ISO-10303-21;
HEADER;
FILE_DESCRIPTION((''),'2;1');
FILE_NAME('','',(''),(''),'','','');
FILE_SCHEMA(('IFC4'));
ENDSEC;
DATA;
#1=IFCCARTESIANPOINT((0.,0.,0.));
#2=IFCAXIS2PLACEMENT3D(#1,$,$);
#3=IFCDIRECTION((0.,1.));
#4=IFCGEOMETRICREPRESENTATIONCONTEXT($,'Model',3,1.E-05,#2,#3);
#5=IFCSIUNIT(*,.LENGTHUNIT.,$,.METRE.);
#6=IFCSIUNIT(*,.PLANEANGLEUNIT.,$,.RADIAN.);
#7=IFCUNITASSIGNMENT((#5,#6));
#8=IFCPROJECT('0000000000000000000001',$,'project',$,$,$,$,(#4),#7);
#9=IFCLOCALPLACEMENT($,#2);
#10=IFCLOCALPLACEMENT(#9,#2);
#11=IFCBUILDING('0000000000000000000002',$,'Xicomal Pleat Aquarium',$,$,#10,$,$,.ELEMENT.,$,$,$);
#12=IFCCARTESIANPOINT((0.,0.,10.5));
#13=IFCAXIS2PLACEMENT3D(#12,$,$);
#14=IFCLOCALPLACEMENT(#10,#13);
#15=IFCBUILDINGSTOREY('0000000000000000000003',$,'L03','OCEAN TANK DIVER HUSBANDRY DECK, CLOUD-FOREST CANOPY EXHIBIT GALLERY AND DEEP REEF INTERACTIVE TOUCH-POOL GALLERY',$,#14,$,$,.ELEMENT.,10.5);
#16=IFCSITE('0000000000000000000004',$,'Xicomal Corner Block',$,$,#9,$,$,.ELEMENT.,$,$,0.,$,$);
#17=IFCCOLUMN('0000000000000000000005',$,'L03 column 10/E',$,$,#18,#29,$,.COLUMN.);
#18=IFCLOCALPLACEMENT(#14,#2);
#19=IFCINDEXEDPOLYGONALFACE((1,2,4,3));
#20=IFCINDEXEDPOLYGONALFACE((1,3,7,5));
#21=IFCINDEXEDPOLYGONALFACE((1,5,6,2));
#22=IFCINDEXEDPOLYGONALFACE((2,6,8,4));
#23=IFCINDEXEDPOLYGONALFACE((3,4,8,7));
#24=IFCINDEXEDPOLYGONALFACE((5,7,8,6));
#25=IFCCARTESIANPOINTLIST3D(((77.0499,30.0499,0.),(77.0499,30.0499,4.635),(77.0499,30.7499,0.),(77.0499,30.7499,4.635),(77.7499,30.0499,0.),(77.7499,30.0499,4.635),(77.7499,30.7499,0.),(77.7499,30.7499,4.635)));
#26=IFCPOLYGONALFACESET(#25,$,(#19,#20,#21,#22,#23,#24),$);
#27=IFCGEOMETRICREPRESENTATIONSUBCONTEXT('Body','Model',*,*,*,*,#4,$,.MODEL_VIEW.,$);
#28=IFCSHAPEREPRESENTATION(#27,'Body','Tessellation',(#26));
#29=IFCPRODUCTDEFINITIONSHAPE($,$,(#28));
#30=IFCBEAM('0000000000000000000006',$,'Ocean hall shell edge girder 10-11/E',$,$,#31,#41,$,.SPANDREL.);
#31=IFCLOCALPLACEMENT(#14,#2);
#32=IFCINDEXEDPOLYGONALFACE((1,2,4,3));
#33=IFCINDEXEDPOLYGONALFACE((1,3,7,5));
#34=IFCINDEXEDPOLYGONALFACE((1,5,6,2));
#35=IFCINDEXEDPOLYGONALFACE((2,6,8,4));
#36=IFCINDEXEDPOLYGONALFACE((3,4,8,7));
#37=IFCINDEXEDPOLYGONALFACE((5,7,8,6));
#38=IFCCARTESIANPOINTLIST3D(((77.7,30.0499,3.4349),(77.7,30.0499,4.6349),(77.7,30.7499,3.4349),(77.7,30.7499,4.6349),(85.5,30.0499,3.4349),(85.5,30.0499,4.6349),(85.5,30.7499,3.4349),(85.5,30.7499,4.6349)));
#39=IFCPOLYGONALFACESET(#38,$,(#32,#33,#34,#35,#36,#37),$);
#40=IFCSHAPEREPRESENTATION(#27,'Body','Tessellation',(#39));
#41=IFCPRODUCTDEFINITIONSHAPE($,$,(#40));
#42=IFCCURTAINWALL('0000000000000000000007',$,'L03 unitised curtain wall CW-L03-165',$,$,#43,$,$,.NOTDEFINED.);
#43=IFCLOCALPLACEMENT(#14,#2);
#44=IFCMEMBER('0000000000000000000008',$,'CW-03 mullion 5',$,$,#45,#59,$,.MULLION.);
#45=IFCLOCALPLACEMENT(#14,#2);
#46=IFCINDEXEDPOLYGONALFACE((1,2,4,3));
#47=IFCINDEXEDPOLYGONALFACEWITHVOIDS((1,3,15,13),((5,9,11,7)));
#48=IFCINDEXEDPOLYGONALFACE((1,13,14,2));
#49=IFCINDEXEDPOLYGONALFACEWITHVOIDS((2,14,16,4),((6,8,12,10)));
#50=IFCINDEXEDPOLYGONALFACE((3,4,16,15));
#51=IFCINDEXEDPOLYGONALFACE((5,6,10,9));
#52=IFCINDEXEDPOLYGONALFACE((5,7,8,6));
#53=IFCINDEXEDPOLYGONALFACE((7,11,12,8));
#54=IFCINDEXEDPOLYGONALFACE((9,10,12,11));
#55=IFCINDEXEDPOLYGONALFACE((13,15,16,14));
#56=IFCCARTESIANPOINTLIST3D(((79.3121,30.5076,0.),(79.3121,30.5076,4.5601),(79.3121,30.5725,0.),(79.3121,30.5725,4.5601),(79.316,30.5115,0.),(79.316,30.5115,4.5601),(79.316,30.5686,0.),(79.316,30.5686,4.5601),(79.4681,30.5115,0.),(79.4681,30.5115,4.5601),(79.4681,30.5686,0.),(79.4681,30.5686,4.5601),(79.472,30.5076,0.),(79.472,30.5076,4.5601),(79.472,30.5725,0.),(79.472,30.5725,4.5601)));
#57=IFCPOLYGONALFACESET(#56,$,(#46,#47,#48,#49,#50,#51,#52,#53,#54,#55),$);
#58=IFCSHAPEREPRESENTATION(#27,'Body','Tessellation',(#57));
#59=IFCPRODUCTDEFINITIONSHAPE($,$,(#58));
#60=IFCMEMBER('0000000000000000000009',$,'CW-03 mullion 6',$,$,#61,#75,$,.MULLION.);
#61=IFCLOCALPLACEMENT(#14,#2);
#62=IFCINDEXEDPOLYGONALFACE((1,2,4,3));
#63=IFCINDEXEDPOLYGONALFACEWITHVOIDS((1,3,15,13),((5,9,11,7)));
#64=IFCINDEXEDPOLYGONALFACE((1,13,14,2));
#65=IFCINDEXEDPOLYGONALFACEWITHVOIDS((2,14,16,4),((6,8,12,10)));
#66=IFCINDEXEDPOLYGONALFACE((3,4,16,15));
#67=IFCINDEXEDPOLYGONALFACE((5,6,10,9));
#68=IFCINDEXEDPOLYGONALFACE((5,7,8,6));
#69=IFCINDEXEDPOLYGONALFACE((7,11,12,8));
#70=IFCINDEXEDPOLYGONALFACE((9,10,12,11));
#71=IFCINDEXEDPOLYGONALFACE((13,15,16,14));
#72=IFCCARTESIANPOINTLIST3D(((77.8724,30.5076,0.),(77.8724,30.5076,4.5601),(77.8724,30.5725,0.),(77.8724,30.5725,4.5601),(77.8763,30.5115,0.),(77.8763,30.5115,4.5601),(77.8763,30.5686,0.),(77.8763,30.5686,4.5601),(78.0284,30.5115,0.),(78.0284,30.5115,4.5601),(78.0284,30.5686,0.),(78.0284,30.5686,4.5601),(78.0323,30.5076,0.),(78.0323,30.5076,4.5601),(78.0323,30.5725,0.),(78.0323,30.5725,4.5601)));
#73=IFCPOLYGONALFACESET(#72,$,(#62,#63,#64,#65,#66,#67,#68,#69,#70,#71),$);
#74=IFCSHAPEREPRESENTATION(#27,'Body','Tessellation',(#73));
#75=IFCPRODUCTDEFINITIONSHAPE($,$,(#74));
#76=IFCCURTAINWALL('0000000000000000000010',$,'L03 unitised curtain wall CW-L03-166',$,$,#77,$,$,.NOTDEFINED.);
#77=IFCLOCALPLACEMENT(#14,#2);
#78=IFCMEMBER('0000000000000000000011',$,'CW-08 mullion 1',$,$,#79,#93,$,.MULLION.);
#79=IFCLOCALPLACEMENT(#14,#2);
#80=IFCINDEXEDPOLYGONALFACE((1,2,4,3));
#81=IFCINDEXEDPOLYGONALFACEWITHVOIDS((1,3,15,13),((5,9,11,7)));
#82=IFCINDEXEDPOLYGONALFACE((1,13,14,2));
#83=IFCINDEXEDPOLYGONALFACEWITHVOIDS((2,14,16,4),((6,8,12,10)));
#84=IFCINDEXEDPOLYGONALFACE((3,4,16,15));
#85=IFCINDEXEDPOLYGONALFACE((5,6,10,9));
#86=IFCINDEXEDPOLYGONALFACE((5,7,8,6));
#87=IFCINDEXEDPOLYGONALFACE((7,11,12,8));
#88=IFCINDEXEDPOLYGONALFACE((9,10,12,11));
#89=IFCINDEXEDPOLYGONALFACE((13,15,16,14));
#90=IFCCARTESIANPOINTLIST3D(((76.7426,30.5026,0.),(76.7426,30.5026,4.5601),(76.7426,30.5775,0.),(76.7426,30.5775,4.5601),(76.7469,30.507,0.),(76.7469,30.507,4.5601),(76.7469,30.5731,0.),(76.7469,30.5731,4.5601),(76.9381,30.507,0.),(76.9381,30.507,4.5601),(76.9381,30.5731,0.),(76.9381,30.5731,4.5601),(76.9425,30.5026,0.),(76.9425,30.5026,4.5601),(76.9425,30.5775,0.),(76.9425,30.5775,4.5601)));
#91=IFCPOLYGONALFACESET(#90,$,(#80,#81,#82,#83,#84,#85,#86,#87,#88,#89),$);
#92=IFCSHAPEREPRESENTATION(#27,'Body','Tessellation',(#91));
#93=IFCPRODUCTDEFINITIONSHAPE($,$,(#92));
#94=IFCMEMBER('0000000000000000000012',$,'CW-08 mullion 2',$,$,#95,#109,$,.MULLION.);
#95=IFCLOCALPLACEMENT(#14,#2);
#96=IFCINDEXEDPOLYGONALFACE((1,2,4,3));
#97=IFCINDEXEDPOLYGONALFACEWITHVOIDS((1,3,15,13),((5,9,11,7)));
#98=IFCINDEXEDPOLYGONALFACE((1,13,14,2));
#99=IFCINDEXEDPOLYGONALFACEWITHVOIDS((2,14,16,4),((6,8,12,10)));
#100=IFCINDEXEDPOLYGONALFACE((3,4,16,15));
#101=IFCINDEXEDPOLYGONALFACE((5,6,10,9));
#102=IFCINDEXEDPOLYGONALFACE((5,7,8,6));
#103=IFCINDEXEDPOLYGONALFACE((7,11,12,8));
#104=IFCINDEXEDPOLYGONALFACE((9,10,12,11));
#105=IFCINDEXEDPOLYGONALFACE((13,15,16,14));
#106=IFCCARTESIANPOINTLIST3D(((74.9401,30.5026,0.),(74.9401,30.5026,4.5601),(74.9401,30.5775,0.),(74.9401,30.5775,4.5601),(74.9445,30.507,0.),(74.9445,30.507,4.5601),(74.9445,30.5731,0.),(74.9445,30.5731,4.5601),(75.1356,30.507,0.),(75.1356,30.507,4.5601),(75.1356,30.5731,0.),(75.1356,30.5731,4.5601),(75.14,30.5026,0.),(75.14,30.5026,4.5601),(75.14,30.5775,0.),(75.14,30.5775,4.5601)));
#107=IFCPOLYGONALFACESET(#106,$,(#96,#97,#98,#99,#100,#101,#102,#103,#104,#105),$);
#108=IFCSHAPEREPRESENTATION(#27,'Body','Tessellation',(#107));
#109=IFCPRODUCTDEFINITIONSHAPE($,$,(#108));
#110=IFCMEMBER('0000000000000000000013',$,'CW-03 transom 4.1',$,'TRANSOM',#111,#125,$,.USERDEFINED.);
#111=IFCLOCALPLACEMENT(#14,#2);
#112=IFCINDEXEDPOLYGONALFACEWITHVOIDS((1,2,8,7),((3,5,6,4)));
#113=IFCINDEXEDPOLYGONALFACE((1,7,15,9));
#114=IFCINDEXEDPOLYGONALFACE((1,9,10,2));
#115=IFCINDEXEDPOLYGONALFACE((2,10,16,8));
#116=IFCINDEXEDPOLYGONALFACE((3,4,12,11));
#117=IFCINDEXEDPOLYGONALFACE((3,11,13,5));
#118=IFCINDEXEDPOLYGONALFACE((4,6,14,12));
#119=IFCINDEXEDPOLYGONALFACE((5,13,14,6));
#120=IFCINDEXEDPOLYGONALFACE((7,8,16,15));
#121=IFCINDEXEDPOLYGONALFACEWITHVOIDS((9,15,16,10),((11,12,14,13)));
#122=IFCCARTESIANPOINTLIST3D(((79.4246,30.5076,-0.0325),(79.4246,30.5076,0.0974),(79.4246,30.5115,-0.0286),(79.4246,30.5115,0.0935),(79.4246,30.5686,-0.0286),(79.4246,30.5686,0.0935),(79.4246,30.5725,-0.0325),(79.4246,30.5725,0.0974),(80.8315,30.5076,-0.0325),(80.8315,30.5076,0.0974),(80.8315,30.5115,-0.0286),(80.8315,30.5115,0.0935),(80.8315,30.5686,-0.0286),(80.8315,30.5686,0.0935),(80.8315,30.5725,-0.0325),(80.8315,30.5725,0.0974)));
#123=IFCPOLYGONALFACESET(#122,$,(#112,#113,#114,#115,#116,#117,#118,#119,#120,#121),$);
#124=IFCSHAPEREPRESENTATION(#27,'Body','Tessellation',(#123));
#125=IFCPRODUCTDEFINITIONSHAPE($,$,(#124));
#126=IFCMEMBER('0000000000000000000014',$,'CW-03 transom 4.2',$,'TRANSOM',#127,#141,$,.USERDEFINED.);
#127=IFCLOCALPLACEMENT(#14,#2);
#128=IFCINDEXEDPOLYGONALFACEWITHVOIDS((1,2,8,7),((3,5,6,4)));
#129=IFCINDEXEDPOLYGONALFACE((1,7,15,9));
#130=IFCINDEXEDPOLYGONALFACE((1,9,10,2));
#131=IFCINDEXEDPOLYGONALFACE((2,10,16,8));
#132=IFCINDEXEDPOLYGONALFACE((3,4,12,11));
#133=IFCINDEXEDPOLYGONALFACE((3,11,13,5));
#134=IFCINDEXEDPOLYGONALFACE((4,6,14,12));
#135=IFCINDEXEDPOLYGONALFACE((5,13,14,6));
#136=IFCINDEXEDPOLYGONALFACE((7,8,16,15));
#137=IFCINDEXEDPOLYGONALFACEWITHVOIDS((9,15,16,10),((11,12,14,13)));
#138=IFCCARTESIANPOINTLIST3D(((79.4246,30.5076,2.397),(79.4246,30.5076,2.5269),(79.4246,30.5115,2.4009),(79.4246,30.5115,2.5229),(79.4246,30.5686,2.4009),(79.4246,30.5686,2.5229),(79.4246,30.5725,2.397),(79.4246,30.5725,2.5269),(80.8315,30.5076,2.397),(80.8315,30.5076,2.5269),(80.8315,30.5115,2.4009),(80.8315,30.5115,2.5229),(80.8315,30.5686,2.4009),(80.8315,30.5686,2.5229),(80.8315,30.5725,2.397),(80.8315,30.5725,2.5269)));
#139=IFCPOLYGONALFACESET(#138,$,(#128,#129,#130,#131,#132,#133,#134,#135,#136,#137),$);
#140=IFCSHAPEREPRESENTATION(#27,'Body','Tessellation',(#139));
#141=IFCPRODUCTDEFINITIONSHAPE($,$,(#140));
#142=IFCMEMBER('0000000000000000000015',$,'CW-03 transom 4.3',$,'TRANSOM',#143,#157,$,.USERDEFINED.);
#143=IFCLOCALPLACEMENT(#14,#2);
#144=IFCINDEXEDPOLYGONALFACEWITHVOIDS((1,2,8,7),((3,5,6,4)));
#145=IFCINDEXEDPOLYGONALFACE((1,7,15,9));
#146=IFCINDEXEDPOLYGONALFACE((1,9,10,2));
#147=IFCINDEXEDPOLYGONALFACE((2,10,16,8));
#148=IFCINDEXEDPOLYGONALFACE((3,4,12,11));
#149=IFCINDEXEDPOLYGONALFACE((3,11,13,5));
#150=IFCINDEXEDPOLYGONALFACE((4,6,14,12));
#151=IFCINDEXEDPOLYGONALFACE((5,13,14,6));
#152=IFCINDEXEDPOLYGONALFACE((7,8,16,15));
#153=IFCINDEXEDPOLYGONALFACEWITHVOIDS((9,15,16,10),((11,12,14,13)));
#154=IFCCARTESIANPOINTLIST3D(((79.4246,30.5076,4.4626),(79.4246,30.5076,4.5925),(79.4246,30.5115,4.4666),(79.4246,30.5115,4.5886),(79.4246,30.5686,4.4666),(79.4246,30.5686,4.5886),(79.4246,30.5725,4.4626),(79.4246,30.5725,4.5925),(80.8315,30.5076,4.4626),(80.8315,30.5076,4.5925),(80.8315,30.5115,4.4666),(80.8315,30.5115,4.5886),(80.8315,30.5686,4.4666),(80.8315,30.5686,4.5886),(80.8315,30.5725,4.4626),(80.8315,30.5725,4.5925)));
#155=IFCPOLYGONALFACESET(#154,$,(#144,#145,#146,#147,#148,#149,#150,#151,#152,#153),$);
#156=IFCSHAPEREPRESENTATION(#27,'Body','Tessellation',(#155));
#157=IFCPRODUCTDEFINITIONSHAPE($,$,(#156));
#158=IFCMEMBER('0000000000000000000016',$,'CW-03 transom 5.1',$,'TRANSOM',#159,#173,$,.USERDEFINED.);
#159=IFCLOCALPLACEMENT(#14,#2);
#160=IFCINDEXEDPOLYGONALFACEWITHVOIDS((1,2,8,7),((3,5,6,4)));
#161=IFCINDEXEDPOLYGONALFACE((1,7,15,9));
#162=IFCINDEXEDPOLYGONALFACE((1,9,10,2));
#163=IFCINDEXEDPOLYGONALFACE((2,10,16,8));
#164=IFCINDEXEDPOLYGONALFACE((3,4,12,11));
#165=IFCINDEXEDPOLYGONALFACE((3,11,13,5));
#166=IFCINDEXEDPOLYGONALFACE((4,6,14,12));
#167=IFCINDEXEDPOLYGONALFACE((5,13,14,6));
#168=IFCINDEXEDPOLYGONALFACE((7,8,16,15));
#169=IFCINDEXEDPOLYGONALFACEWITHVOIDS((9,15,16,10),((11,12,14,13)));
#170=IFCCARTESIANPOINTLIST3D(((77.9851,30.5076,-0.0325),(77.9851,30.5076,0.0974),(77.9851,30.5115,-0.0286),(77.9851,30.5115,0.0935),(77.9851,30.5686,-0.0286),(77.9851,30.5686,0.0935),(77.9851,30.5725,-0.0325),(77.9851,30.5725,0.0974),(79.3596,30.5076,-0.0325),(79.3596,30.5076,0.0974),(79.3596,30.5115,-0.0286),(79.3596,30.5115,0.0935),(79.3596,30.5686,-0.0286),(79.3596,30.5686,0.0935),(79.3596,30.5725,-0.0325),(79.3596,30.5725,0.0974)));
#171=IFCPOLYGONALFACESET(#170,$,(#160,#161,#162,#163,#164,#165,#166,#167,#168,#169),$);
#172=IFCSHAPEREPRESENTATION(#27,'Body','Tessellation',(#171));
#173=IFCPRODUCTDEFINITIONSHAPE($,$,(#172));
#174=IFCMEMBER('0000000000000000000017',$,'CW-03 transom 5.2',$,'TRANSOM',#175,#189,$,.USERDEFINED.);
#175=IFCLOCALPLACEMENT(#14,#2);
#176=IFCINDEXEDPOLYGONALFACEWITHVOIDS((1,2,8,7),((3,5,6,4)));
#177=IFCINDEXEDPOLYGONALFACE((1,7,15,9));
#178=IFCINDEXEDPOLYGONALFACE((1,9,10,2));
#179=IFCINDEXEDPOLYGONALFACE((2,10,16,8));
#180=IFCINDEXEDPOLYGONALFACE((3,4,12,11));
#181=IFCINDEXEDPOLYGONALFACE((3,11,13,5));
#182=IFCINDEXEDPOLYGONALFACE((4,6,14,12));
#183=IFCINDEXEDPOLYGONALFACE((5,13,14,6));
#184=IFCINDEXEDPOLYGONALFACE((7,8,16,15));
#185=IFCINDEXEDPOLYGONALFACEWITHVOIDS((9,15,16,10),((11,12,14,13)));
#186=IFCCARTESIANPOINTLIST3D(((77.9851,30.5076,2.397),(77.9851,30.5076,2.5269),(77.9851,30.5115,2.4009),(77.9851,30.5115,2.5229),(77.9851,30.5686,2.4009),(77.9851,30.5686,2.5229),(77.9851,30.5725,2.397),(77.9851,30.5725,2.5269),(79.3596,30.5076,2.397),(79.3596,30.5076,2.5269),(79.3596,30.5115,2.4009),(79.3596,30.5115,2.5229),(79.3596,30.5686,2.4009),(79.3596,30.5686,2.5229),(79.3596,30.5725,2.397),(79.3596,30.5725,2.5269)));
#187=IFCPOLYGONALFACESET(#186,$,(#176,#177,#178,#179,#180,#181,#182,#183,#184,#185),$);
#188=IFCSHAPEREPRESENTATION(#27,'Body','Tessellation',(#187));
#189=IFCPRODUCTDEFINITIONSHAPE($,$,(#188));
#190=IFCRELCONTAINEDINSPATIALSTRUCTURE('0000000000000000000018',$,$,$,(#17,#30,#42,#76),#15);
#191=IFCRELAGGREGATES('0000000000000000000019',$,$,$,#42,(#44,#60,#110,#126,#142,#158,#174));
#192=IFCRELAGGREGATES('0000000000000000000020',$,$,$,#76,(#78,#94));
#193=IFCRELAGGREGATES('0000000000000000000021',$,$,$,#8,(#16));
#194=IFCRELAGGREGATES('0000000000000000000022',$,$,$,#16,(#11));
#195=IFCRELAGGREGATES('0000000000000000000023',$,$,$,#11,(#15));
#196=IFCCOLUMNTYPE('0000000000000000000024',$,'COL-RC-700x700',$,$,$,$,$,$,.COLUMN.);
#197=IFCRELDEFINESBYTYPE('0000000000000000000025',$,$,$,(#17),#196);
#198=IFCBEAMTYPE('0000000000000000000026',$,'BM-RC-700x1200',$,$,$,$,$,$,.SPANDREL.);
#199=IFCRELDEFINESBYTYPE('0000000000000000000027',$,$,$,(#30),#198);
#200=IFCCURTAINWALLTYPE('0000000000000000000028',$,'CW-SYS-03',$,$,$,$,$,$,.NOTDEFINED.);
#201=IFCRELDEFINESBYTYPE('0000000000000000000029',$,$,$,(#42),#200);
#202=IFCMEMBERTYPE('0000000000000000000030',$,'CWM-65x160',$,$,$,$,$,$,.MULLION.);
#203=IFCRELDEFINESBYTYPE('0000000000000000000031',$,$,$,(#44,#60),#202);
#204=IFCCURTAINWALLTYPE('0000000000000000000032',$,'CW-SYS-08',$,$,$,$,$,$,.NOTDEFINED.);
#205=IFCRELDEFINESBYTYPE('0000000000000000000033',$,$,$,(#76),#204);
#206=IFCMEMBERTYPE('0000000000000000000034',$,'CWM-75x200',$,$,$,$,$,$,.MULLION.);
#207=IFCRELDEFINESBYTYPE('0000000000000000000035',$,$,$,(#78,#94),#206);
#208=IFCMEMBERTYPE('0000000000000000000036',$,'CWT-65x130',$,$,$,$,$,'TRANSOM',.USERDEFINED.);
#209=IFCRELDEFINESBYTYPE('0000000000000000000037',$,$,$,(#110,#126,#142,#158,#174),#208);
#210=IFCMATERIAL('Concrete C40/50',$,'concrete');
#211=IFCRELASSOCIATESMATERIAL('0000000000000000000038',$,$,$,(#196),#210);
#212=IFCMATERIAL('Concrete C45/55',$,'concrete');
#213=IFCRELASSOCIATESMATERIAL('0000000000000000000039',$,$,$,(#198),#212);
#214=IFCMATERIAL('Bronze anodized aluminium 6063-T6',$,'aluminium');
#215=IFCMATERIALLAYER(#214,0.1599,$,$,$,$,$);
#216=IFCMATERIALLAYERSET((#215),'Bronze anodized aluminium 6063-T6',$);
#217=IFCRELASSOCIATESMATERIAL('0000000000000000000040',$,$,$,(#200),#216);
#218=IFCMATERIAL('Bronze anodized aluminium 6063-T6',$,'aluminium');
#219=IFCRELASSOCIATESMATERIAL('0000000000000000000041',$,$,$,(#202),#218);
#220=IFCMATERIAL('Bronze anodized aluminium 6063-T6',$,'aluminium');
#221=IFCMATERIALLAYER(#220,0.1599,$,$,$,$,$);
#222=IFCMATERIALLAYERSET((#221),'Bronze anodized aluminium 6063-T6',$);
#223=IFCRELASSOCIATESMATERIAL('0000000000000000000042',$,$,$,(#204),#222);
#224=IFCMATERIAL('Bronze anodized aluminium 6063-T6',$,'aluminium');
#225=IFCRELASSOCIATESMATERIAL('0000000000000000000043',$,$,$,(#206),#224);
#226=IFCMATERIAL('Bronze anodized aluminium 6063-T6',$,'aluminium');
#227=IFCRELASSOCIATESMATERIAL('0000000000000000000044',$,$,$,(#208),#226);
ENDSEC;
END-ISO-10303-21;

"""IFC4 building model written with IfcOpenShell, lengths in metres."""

from ifc_helpers import new_model, si_unit, direction, frame, origin, origin_2d, place, context, subcontext, project, spatial, rectangle, hollow_rectangle, extrude, material, layer, layer_set, material_profile, profile_set, type_object, element, aggregate, save


model = new_model("IFC4")

# Units and contexts
model_context = context("Model", 3, precision=1e-05, world=origin(), true_north=direction((0.0, 1.0)))
body_context = subcontext(model_context, "Body", "Model", "MODEL_VIEW")
ifc_project = project(units=[si_unit("LENGTHUNIT", "METRE"), si_unit("PLANEANGLEUNIT", "RADIAN")], contexts=[model_context])

# Site, building, storey
site_placement = place(None, origin())
site = spatial("IfcSite", under=ifc_project, at=site_placement, Name="Xicomal Corner Block", CompositionType="ELEMENT", RefElevation=0.0)
building_placement = place(site_placement, origin())
building = spatial("IfcBuilding", under=site, at=building_placement, Name="Xicomal Pleat Aquarium", CompositionType="ELEMENT")
storey_placement = place(building_placement, frame((0.0, 0.0, 10.5)))
storey = spatial("IfcBuildingStorey", under=building, at=storey_placement, Name="L03", Description="OCEAN TANK DIVER HUSBANDRY DECK, CLOUD-FOREST CANOPY EXHIBIT GALLERY AND DEEP REEF INTERACTIVE TOUCH-POOL GALLERY", CompositionType="ELEMENT", Elevation=10.5)

# Column
ifc_material_1 = material(Name="Concrete C40/50", Category="concrete")
ifc_material_profile_1 = material_profile(ifc_material_1, rectangle(XDim=0.7, YDim=0.7, at=origin_2d()), Name="RC 700x700")
ifc_profile_set_1 = profile_set([ifc_material_profile_1], Name="Concrete C40/50")
column_type = type_object("IfcColumnType", Name="COL-RC-700x700", PredefinedType="COLUMN", material=ifc_profile_set_1)
column_placement = place(storey_placement, frame((77.3999, 30.3999, 0.0), z_axis=(0.0, 0.0, 1.0), x_axis=(1.0, 0.0, 0.0)))
element("IfcColumn", 1, at=column_placement, inside=storey, type_object=column_type, Name="L03 column 10/E", PredefinedType="COLUMN", context=body_context, shape_type="SweptSolid", body=[
    extrude(rectangle(XDim=0.7, YDim=0.7, at=origin_2d()), origin(), (0.0, 0.0, 1.0), 4.635),
])

# Beam
ifc_material_2 = material(Name="Concrete C45/55", Category="concrete")
ifc_material_profile_2 = material_profile(ifc_material_2, rectangle(XDim=0.7, YDim=1.2, at=origin_2d()), Name="RC 700x1200")
ifc_profile_set_2 = profile_set([ifc_material_profile_2], Name="Concrete C45/55")
beam_type = type_object("IfcBeamType", Name="BM-RC-700x1200", PredefinedType="SPANDREL", material=ifc_profile_set_2)
beam_placement = place(storey_placement, frame((77.7, 30.3999, 4.0349), z_axis=(1.0, 0.0, 0.0), x_axis=(0.0, 1.0, 0.0)))
element("IfcBeam", 2, at=beam_placement, inside=storey, type_object=beam_type, Name="Ocean hall shell edge girder 10-11/E", PredefinedType="SPANDREL", context=body_context, shape_type="SweptSolid", body=[
    extrude(rectangle(XDim=0.7, YDim=1.2, at=origin_2d()), origin(), (0.0, 0.0, 1.0), 7.8),
])

# Curtain walls, members
ifc_material_3 = material(Name="Bronze anodized aluminium 6063-T6", Category="aluminium")
ifc_layer_1 = layer(ifc_material_3, 0.1599)
ifc_layer_set_1 = layer_set([ifc_layer_1], Name="Bronze anodized aluminium 6063-T6")
curtain_wall_type_1 = type_object("IfcCurtainWallType", Name="CW-SYS-03", PredefinedType="NOTDEFINED", material=ifc_layer_set_1)
curtain_wall_1_placement = place(storey_placement, origin())
curtain_wall_1 = element("IfcCurtainWall", 3, at=curtain_wall_1_placement, inside=storey, type_object=curtain_wall_type_1, Name="L03 unitised curtain wall CW-L03-165", PredefinedType="NOTDEFINED")
ifc_material_4 = material(Name="Bronze anodized aluminium 6063-T6", Category="aluminium")
ifc_material_profile_3 = material_profile(ifc_material_4, hollow_rectangle(XDim=0.0649, YDim=0.1599, WallThickness=0.0039, at=origin_2d()), Name="ALU MULL 65x160")
ifc_profile_set_3 = profile_set([ifc_material_profile_3], Name="Bronze anodized aluminium 6063-T6")
member_type_1 = type_object("IfcMemberType", Name="CWM-65x160", PredefinedType="MULLION", material=ifc_profile_set_3)
member_1_placement = place(storey_placement, frame((79.3921, 30.54, 0.0), z_axis=(0.0, 0.0, 1.0), x_axis=(0.0, -1.0, 0.0)))
member_1 = element("IfcMember", 4, at=member_1_placement, type_object=member_type_1, Name="CW-03 mullion 5", PredefinedType="MULLION", context=body_context, shape_type="SweptSolid", body=[
    extrude(hollow_rectangle(XDim=0.0649, YDim=0.1599, WallThickness=0.0039, at=origin_2d()), origin(), (0.0, 0.0, 1.0), 4.5601),
])
member_2_placement = place(storey_placement, frame((77.9524, 30.54, 0.0), z_axis=(0.0, 0.0, 1.0), x_axis=(0.0, -1.0, 0.0)))
member_2 = element("IfcMember", 5, at=member_2_placement, type_object=member_type_1, Name="CW-03 mullion 6", PredefinedType="MULLION", context=body_context, shape_type="SweptSolid", body=[
    extrude(hollow_rectangle(XDim=0.0649, YDim=0.1599, WallThickness=0.0039, at=origin_2d()), origin(), (0.0, 0.0, 1.0), 4.5601),
])
ifc_material_5 = material(Name="Bronze anodized aluminium 6063-T6", Category="aluminium")
ifc_layer_2 = layer(ifc_material_5, 0.1599)
ifc_layer_set_2 = layer_set([ifc_layer_2], Name="Bronze anodized aluminium 6063-T6")
curtain_wall_type_2 = type_object("IfcCurtainWallType", Name="CW-SYS-08", PredefinedType="NOTDEFINED", material=ifc_layer_set_2)
curtain_wall_2_placement = place(storey_placement, origin())
curtain_wall_2 = element("IfcCurtainWall", 6, at=curtain_wall_2_placement, inside=storey, type_object=curtain_wall_type_2, Name="L03 unitised curtain wall CW-L03-166", PredefinedType="NOTDEFINED")
ifc_material_6 = material(Name="Bronze anodized aluminium 6063-T6", Category="aluminium")
ifc_material_profile_4 = material_profile(ifc_material_6, hollow_rectangle(XDim=0.075, YDim=0.2, WallThickness=0.0044, at=origin_2d()), Name="ALU MULL 75x200")
ifc_profile_set_4 = profile_set([ifc_material_profile_4], Name="Bronze anodized aluminium 6063-T6")
member_type_2 = type_object("IfcMemberType", Name="CWM-75x200", PredefinedType="MULLION", material=ifc_profile_set_4)
member_3_placement = place(storey_placement, frame((76.8425, 30.54, 0.0), z_axis=(0.0, 0.0, 1.0), x_axis=(0.0, -1.0, 0.0)))
member_3 = element("IfcMember", 7, at=member_3_placement, type_object=member_type_2, Name="CW-08 mullion 1", PredefinedType="MULLION", context=body_context, shape_type="SweptSolid", body=[
    extrude(hollow_rectangle(XDim=0.075, YDim=0.2, WallThickness=0.0044, at=origin_2d()), origin(), (0.0, 0.0, 1.0), 4.5601),
])
member_4_placement = place(storey_placement, frame((75.04, 30.54, 0.0), z_axis=(0.0, 0.0, 1.0), x_axis=(0.0, -1.0, 0.0)))
member_4 = element("IfcMember", 8, at=member_4_placement, type_object=member_type_2, Name="CW-08 mullion 2", PredefinedType="MULLION", context=body_context, shape_type="SweptSolid", body=[
    extrude(hollow_rectangle(XDim=0.075, YDim=0.2, WallThickness=0.0044, at=origin_2d()), origin(), (0.0, 0.0, 1.0), 4.5601),
])

# Members
ifc_material_7 = material(Name="Bronze anodized aluminium 6063-T6", Category="aluminium")
ifc_material_profile_5 = material_profile(ifc_material_7, hollow_rectangle(XDim=0.0649, YDim=0.1299, WallThickness=0.0039, at=origin_2d()), Name="ALU TRAN 65x130")
ifc_profile_set_5 = profile_set([ifc_material_profile_5], Name="Bronze anodized aluminium 6063-T6")
member_type_3 = type_object("IfcMemberType", Name="CWT-65x130", ElementType="TRANSOM", PredefinedType="USERDEFINED", material=ifc_profile_set_5)
member_5_placement = place(storey_placement, frame((80.8315, 30.54, 0.0325), z_axis=(-1.0, 0.0, 0.0), x_axis=(0.0, -1.0, 0.0)))
member_5 = element("IfcMember", 9, at=member_5_placement, type_object=member_type_3, Name="CW-03 transom 4.1", ObjectType="TRANSOM", PredefinedType="USERDEFINED", context=body_context, shape_type="SweptSolid", body=[
    extrude(hollow_rectangle(XDim=0.0649, YDim=0.1299, WallThickness=0.0039, at=origin_2d()), origin(), (0.0, 0.0, 1.0), 1.407),
])
member_6_placement = place(storey_placement, frame((80.8315, 30.54, 2.4619), z_axis=(-1.0, 0.0, 0.0), x_axis=(0.0, -1.0, 0.0)))
member_6 = element("IfcMember", 10, at=member_6_placement, type_object=member_type_3, Name="CW-03 transom 4.2", ObjectType="TRANSOM", PredefinedType="USERDEFINED", context=body_context, shape_type="SweptSolid", body=[
    extrude(hollow_rectangle(XDim=0.0649, YDim=0.1299, WallThickness=0.0039, at=origin_2d()), origin(), (0.0, 0.0, 1.0), 1.407),
])
member_7_placement = place(storey_placement, frame((80.8315, 30.54, 4.5276), z_axis=(-1.0, 0.0, 0.0), x_axis=(0.0, -1.0, 0.0)))
member_7 = element("IfcMember", 11, at=member_7_placement, type_object=member_type_3, Name="CW-03 transom 4.3", ObjectType="TRANSOM", PredefinedType="USERDEFINED", context=body_context, shape_type="SweptSolid", body=[
    extrude(hollow_rectangle(XDim=0.0649, YDim=0.1299, WallThickness=0.0039, at=origin_2d()), origin(), (0.0, 0.0, 1.0), 1.407),
])
member_8_placement = place(storey_placement, frame((79.3596, 30.54, 0.0325), z_axis=(-1.0, 0.0, 0.0), x_axis=(0.0, -1.0, 0.0)))
member_8 = element("IfcMember", 12, at=member_8_placement, type_object=member_type_3, Name="CW-03 transom 5.1", ObjectType="TRANSOM", PredefinedType="USERDEFINED", context=body_context, shape_type="SweptSolid", body=[
    extrude(hollow_rectangle(XDim=0.0649, YDim=0.1299, WallThickness=0.0039, at=origin_2d()), origin(), (0.0, 0.0, 1.0), 1.3745),
])
member_9_placement = place(storey_placement, frame((79.3596, 30.54, 2.4619), z_axis=(-1.0, 0.0, 0.0), x_axis=(0.0, -1.0, 0.0)))
member_9 = element("IfcMember", 13, at=member_9_placement, type_object=member_type_3, Name="CW-03 transom 5.2", ObjectType="TRANSOM", PredefinedType="USERDEFINED", context=body_context, shape_type="SweptSolid", body=[
    extrude(hollow_rectangle(XDim=0.0649, YDim=0.1299, WallThickness=0.0039, at=origin_2d()), origin(), (0.0, 0.0, 1.0), 1.3745),
])

aggregate(curtain_wall_1, [member_1, member_2, member_5, member_6, member_7, member_8, member_9])
aggregate(curtain_wall_2, [member_3, member_4])

save(model, "model.ifc")
